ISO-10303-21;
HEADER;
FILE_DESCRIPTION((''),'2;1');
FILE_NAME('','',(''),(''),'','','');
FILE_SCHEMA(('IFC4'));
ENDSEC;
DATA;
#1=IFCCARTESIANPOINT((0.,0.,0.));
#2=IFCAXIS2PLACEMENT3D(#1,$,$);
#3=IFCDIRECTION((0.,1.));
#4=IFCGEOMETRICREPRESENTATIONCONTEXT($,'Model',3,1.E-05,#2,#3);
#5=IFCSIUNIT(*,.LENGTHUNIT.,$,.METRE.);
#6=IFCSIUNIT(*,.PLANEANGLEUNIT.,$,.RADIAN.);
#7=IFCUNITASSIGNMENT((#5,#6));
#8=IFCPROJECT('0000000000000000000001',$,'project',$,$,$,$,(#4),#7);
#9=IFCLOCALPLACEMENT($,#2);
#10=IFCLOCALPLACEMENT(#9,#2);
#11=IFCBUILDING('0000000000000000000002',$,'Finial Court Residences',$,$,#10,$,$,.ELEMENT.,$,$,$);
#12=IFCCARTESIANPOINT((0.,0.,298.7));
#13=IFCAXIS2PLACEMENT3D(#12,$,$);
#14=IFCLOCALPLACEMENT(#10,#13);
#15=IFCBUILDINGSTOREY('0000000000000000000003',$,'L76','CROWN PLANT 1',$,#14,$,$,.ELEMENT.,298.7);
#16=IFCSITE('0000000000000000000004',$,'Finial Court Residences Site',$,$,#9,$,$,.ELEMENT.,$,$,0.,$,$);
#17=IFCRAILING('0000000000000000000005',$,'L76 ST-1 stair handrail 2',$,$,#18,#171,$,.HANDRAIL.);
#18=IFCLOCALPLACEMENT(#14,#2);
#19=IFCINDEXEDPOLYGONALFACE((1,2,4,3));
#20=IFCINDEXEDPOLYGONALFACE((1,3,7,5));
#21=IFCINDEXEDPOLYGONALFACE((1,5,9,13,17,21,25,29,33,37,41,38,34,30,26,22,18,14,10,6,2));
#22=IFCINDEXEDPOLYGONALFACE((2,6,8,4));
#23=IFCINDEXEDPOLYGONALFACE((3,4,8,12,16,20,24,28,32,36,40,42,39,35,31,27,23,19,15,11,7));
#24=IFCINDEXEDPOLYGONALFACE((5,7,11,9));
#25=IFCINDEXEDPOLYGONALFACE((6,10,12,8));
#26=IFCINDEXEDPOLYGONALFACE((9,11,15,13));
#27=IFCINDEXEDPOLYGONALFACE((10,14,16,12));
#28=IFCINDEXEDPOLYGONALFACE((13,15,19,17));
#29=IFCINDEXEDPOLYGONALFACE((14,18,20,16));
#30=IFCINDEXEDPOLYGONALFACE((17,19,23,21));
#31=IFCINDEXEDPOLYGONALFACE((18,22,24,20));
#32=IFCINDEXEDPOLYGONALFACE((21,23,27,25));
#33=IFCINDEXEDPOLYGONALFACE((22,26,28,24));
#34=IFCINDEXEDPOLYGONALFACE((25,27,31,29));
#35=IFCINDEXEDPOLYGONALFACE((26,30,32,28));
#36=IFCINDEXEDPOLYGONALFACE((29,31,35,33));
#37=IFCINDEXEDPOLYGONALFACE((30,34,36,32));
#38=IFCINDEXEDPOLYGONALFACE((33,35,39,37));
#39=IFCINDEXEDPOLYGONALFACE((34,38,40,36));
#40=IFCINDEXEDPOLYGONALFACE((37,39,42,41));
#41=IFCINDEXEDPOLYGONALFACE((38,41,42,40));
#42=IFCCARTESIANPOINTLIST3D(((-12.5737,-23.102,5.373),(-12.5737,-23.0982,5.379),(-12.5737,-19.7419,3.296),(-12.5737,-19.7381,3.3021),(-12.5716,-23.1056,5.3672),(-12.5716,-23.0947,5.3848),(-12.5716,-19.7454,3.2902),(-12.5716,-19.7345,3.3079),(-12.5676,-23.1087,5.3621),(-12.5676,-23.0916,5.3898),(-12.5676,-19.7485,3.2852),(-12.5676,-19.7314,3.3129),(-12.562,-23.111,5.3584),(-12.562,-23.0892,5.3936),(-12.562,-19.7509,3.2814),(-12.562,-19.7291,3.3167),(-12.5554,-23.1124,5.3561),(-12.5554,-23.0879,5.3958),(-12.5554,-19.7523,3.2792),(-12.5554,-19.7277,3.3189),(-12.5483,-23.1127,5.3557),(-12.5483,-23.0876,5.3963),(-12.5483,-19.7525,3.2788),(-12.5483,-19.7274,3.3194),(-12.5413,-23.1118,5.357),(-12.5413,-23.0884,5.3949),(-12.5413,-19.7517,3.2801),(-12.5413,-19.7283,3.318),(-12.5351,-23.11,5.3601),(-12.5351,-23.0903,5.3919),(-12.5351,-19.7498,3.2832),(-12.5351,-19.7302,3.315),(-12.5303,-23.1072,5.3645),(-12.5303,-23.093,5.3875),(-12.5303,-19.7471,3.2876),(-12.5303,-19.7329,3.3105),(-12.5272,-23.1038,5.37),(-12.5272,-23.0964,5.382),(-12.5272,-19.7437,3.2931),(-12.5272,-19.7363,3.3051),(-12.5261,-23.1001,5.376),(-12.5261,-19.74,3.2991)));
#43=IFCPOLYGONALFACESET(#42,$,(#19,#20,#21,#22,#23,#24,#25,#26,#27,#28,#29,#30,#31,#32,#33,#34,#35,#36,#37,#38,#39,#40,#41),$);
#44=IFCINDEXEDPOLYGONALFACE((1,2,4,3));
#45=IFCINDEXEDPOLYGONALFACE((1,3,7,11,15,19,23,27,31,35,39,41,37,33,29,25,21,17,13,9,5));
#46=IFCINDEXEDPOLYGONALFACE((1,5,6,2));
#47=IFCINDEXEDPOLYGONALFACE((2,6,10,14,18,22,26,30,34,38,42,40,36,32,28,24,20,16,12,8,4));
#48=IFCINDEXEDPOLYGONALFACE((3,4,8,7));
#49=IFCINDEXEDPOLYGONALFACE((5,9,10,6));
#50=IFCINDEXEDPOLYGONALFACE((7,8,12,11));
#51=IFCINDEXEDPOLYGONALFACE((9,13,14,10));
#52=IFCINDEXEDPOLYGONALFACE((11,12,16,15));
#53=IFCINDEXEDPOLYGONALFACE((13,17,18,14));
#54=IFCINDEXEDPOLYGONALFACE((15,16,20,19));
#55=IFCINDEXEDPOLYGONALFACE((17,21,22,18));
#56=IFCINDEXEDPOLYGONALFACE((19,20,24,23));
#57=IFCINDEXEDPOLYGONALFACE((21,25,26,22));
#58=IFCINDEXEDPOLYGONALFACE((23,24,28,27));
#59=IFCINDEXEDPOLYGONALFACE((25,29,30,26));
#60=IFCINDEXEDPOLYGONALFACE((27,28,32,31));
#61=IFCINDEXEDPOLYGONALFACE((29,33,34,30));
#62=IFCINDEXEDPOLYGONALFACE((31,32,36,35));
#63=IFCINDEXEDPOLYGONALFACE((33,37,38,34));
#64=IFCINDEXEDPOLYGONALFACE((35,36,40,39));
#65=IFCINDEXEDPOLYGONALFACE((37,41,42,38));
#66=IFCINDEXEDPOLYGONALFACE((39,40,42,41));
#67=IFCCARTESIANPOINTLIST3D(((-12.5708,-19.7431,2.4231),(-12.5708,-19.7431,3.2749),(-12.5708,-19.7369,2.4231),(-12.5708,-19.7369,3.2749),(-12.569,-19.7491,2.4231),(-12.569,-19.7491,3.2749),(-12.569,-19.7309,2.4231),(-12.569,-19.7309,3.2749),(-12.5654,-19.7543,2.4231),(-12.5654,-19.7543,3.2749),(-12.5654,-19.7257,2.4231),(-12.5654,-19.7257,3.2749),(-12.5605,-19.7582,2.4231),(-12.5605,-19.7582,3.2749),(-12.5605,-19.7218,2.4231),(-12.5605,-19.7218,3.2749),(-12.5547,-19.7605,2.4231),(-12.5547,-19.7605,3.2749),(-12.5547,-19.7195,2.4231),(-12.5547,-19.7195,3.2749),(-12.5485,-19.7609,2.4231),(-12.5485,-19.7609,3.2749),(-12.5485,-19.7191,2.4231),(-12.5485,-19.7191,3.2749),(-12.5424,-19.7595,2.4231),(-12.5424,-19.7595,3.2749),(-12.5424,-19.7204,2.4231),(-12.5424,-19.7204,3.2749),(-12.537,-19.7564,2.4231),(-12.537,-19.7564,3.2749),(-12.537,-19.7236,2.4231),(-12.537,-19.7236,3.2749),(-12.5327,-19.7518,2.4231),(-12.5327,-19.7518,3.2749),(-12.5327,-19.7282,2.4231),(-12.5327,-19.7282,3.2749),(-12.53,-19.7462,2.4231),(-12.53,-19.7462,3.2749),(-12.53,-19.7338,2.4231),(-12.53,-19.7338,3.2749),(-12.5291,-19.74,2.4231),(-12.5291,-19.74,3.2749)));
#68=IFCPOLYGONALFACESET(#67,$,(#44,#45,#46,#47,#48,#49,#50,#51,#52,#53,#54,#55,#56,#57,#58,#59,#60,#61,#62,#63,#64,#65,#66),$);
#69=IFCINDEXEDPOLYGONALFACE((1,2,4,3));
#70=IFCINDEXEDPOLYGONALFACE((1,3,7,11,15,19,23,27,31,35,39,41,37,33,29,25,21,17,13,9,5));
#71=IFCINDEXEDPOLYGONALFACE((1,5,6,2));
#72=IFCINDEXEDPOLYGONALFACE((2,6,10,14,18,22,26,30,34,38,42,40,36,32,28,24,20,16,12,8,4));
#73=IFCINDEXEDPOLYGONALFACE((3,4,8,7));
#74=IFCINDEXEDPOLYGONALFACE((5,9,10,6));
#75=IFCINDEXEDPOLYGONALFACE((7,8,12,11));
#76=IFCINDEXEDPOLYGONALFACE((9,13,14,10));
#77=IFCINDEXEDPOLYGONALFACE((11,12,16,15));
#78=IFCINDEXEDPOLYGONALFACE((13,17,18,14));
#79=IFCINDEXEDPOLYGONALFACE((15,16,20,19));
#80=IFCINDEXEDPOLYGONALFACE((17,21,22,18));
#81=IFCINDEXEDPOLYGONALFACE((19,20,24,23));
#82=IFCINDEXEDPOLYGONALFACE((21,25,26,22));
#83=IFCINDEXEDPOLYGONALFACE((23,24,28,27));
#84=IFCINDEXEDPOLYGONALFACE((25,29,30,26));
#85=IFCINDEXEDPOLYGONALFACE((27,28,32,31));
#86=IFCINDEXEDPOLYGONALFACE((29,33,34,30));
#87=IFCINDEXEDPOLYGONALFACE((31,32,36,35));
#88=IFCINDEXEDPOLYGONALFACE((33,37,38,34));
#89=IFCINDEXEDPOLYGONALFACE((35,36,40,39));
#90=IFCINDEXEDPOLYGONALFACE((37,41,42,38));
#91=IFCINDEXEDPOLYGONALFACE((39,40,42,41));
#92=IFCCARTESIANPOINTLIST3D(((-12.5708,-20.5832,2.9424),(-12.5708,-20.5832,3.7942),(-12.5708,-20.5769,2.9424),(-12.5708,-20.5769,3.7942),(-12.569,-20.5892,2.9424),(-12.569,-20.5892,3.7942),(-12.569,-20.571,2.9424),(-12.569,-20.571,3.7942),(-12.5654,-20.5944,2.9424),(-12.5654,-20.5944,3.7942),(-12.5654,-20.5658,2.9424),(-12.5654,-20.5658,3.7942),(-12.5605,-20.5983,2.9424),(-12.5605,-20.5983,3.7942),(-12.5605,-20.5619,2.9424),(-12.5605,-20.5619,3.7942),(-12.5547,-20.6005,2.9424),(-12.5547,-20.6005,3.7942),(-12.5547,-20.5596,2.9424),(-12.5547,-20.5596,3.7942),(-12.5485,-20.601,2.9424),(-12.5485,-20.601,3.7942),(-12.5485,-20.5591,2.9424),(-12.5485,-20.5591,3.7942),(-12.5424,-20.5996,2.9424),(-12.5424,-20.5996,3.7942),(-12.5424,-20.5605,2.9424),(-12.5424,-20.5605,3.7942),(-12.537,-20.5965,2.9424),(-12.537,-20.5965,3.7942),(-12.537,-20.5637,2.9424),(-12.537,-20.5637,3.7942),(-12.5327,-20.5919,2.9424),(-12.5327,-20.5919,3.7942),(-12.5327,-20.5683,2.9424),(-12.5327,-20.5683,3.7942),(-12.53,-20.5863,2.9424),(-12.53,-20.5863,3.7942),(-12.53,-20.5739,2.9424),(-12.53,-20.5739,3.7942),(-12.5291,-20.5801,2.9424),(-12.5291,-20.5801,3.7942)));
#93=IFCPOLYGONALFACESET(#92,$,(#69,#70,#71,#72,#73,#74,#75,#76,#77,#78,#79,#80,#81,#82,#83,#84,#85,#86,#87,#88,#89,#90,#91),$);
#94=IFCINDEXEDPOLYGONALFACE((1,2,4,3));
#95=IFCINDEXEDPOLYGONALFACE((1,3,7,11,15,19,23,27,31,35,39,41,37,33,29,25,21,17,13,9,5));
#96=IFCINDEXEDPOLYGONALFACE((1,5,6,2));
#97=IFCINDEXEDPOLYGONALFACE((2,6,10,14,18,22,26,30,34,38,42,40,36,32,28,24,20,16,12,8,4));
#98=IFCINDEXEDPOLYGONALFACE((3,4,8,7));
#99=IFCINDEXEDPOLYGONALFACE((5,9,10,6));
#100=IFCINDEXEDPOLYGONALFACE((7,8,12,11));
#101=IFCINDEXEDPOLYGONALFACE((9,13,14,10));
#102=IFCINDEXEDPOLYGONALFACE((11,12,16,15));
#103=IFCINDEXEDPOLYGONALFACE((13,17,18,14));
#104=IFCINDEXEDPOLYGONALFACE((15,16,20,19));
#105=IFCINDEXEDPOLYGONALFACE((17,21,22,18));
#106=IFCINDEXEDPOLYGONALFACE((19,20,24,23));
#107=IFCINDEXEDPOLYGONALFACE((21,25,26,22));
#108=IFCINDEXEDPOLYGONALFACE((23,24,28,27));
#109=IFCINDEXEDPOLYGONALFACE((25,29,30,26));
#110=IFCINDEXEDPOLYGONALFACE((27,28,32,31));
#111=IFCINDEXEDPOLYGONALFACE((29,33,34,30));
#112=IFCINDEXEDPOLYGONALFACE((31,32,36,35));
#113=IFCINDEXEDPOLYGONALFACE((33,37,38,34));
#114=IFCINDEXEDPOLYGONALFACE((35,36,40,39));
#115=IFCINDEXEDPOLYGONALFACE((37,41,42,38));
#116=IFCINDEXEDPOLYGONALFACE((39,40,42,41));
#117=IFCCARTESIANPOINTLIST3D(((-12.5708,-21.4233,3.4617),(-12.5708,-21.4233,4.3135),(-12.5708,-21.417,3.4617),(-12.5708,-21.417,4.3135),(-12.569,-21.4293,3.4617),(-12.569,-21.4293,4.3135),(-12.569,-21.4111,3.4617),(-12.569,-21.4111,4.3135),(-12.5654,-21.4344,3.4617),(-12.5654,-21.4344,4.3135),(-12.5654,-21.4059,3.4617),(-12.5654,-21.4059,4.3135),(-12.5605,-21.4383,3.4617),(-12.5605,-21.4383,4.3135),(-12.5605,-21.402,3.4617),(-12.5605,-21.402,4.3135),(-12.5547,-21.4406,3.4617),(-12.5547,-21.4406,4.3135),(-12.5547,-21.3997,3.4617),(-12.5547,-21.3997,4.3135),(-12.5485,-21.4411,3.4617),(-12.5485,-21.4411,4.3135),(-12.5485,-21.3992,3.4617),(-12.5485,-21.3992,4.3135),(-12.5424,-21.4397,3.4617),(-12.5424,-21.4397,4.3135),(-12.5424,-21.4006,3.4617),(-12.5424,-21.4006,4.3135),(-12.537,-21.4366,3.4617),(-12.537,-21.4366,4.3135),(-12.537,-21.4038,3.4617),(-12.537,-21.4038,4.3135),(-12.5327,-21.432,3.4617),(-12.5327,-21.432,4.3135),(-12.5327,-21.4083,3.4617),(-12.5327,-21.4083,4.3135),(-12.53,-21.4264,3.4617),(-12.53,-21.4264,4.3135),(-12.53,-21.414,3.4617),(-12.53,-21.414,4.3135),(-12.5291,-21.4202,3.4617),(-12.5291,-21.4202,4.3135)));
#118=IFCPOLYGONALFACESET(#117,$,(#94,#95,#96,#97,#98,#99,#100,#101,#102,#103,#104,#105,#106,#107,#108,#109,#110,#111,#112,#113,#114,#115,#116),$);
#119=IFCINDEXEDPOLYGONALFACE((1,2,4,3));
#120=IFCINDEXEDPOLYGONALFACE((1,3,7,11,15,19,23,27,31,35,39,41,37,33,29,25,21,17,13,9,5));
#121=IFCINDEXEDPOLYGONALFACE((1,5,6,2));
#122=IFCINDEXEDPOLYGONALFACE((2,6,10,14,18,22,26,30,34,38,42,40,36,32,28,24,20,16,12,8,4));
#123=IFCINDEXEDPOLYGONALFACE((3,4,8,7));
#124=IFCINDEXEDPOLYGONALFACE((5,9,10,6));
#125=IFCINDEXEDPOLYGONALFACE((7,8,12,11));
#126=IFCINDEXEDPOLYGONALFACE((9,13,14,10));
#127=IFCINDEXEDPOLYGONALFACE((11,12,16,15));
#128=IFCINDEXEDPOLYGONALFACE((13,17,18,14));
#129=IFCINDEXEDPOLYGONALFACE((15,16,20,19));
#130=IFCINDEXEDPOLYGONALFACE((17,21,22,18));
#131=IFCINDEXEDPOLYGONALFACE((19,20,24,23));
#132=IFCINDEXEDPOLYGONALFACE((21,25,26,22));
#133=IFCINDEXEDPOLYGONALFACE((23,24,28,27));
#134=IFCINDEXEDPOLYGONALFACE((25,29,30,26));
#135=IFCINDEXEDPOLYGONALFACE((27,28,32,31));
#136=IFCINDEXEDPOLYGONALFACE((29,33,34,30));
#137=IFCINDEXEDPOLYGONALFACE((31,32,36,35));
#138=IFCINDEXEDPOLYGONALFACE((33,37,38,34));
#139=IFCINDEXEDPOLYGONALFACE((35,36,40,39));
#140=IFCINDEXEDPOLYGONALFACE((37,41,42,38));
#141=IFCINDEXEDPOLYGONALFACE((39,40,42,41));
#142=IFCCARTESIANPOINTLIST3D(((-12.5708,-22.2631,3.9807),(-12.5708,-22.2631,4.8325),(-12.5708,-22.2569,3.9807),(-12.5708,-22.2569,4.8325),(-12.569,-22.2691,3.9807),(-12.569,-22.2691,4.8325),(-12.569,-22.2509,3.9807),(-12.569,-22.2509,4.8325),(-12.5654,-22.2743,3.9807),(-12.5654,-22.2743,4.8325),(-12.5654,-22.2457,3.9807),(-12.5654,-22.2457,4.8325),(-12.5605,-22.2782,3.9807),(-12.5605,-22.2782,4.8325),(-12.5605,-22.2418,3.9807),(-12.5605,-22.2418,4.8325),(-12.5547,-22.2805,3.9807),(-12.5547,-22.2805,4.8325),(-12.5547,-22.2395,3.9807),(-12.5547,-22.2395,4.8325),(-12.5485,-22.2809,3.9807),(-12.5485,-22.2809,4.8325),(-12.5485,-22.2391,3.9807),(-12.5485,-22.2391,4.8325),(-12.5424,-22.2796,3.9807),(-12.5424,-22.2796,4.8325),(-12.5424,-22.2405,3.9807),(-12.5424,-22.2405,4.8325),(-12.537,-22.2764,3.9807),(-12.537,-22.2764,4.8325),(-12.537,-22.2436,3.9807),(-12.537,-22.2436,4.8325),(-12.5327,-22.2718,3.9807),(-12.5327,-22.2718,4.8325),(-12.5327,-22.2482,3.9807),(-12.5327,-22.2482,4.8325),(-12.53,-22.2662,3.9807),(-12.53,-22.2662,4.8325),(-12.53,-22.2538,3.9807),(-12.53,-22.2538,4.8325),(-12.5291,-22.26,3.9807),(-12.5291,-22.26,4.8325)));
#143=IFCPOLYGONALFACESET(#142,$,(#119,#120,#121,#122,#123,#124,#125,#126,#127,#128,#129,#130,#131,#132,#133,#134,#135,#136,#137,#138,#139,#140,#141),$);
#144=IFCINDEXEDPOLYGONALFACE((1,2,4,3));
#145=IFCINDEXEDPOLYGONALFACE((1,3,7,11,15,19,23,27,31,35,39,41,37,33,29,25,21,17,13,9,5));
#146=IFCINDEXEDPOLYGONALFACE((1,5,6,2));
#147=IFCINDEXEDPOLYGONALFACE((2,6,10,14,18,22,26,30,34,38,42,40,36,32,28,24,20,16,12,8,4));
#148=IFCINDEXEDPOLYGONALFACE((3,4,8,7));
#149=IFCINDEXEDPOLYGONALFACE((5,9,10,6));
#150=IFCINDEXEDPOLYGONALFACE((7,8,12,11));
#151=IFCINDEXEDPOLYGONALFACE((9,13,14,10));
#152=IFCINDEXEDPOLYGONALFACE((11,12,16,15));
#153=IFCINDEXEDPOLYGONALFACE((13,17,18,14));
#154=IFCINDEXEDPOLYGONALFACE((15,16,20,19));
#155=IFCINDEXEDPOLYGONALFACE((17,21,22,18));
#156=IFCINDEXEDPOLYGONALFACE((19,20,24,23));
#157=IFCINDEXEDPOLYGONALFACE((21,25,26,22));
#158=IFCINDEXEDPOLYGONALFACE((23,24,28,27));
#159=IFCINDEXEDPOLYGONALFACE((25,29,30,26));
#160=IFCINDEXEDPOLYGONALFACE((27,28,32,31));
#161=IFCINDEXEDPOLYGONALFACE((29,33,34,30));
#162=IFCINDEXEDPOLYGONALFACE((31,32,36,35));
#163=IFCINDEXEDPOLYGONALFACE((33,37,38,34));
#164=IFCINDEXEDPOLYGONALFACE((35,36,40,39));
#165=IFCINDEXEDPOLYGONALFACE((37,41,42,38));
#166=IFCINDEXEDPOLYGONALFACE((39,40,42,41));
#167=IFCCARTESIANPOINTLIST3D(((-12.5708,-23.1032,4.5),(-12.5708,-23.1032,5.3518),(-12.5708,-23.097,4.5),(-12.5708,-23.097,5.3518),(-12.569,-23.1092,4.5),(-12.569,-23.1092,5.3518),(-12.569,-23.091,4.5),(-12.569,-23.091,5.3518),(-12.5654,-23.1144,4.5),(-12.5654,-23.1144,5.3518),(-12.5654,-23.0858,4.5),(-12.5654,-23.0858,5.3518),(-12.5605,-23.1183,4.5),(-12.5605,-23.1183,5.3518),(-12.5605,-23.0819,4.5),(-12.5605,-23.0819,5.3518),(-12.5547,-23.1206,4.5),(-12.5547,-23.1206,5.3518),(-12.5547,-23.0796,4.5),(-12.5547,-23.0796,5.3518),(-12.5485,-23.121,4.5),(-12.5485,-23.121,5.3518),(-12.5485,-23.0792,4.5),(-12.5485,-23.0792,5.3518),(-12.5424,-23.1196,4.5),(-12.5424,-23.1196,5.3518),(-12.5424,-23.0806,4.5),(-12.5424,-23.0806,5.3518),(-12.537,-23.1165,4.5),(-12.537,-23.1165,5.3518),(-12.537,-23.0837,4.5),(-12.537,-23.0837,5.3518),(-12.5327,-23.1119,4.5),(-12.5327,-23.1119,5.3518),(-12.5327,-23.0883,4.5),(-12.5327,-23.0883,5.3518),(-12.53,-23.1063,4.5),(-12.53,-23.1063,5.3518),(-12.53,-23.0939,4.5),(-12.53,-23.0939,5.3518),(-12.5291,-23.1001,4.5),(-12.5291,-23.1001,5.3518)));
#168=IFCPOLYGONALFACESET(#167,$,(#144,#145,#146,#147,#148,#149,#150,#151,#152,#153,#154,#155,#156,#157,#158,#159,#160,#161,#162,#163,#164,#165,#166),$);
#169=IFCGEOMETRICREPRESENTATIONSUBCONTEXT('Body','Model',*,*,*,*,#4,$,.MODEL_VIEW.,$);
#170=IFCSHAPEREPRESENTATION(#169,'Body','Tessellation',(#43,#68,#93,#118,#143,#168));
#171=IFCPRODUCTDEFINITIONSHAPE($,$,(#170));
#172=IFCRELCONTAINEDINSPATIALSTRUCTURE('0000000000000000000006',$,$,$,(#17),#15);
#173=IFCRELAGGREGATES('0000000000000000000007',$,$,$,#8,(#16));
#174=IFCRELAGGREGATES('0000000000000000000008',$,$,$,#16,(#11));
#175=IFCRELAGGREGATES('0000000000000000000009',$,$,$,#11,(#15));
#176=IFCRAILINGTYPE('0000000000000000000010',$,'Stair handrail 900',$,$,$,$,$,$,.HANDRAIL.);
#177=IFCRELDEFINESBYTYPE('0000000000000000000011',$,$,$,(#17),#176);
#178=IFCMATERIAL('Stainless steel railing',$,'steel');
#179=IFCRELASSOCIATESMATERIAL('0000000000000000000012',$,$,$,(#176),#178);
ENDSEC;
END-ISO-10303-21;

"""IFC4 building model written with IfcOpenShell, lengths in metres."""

from ifc_helpers import new_model, si_unit, direction, frame, origin, origin_2d, place, context, subcontext, project, spatial, circle, extrude, material, type_object, element, save


model = new_model("IFC4")

# Units and contexts
model_context = context("Model", 3, precision=1e-05, world=origin(), true_north=direction((0.0, 1.0)))
body_context = subcontext(model_context, "Body", "Model", "MODEL_VIEW")
ifc_project = project(units=[si_unit("LENGTHUNIT", "METRE"), si_unit("PLANEANGLEUNIT", "RADIAN")], contexts=[model_context])

# Site, building, storey
site_placement = place(None, origin())
site = spatial("IfcSite", under=ifc_project, at=site_placement, Name="Finial Court Residences Site", CompositionType="ELEMENT", RefElevation=0.0)
building_placement = place(site_placement, origin())
building = spatial("IfcBuilding", under=site, at=building_placement, Name="Finial Court Residences", CompositionType="ELEMENT")
storey_placement = place(building_placement, frame((0.0, 0.0, 298.7)))
storey = spatial("IfcBuildingStorey", under=building, at=storey_placement, Name="L76", Description="CROWN PLANT 1", CompositionType="ELEMENT", Elevation=298.7)

# Railing
ifc_material_1 = material(Name="Stainless steel railing", Category="steel")
railing_type = type_object("IfcRailingType", Name="Stair handrail 900", PredefinedType="HANDRAIL", material=ifc_material_1)
railing_placement = place(storey_placement, frame((-12.55, -19.74, 2.4231)))
element("IfcRailing", 1, at=railing_placement, inside=storey, type_object=railing_type, Name="L76 ST-1 stair handrail 2", PredefinedType="HANDRAIL", context=body_context, shape_type="SweptSolid", body=[
    extrude(circle(Radius=0.0239, at=origin_2d()), frame((0.0, 0.0, 0.876), z_axis=(0.0, -0.850623, 0.525776), x_axis=(1.0, 0.0, 0.0)), (0.0, 0.0, 1.0), 3.9502),
    extrude(circle(Radius=0.021, at=origin_2d()), origin(), (0.0, 0.0, 1.0), 0.8518),
    extrude(circle(Radius=0.021, at=origin_2d()), frame((0.0, -0.8401, 0.5193)), (0.0, 0.0, 1.0), 0.8518),
    extrude(circle(Radius=0.021, at=origin_2d()), frame((0.0, -1.6802, 1.0386)), (0.0, 0.0, 1.0), 0.8518),
    extrude(circle(Radius=0.021, at=origin_2d()), frame((0.0, -2.52, 1.5576)), (0.0, 0.0, 1.0), 0.8518),
    extrude(circle(Radius=0.021, at=origin_2d()), frame((0.0, -3.3601, 2.0769)), (0.0, 0.0, 1.0), 0.8518),
])

save(model, "model.ifc")
